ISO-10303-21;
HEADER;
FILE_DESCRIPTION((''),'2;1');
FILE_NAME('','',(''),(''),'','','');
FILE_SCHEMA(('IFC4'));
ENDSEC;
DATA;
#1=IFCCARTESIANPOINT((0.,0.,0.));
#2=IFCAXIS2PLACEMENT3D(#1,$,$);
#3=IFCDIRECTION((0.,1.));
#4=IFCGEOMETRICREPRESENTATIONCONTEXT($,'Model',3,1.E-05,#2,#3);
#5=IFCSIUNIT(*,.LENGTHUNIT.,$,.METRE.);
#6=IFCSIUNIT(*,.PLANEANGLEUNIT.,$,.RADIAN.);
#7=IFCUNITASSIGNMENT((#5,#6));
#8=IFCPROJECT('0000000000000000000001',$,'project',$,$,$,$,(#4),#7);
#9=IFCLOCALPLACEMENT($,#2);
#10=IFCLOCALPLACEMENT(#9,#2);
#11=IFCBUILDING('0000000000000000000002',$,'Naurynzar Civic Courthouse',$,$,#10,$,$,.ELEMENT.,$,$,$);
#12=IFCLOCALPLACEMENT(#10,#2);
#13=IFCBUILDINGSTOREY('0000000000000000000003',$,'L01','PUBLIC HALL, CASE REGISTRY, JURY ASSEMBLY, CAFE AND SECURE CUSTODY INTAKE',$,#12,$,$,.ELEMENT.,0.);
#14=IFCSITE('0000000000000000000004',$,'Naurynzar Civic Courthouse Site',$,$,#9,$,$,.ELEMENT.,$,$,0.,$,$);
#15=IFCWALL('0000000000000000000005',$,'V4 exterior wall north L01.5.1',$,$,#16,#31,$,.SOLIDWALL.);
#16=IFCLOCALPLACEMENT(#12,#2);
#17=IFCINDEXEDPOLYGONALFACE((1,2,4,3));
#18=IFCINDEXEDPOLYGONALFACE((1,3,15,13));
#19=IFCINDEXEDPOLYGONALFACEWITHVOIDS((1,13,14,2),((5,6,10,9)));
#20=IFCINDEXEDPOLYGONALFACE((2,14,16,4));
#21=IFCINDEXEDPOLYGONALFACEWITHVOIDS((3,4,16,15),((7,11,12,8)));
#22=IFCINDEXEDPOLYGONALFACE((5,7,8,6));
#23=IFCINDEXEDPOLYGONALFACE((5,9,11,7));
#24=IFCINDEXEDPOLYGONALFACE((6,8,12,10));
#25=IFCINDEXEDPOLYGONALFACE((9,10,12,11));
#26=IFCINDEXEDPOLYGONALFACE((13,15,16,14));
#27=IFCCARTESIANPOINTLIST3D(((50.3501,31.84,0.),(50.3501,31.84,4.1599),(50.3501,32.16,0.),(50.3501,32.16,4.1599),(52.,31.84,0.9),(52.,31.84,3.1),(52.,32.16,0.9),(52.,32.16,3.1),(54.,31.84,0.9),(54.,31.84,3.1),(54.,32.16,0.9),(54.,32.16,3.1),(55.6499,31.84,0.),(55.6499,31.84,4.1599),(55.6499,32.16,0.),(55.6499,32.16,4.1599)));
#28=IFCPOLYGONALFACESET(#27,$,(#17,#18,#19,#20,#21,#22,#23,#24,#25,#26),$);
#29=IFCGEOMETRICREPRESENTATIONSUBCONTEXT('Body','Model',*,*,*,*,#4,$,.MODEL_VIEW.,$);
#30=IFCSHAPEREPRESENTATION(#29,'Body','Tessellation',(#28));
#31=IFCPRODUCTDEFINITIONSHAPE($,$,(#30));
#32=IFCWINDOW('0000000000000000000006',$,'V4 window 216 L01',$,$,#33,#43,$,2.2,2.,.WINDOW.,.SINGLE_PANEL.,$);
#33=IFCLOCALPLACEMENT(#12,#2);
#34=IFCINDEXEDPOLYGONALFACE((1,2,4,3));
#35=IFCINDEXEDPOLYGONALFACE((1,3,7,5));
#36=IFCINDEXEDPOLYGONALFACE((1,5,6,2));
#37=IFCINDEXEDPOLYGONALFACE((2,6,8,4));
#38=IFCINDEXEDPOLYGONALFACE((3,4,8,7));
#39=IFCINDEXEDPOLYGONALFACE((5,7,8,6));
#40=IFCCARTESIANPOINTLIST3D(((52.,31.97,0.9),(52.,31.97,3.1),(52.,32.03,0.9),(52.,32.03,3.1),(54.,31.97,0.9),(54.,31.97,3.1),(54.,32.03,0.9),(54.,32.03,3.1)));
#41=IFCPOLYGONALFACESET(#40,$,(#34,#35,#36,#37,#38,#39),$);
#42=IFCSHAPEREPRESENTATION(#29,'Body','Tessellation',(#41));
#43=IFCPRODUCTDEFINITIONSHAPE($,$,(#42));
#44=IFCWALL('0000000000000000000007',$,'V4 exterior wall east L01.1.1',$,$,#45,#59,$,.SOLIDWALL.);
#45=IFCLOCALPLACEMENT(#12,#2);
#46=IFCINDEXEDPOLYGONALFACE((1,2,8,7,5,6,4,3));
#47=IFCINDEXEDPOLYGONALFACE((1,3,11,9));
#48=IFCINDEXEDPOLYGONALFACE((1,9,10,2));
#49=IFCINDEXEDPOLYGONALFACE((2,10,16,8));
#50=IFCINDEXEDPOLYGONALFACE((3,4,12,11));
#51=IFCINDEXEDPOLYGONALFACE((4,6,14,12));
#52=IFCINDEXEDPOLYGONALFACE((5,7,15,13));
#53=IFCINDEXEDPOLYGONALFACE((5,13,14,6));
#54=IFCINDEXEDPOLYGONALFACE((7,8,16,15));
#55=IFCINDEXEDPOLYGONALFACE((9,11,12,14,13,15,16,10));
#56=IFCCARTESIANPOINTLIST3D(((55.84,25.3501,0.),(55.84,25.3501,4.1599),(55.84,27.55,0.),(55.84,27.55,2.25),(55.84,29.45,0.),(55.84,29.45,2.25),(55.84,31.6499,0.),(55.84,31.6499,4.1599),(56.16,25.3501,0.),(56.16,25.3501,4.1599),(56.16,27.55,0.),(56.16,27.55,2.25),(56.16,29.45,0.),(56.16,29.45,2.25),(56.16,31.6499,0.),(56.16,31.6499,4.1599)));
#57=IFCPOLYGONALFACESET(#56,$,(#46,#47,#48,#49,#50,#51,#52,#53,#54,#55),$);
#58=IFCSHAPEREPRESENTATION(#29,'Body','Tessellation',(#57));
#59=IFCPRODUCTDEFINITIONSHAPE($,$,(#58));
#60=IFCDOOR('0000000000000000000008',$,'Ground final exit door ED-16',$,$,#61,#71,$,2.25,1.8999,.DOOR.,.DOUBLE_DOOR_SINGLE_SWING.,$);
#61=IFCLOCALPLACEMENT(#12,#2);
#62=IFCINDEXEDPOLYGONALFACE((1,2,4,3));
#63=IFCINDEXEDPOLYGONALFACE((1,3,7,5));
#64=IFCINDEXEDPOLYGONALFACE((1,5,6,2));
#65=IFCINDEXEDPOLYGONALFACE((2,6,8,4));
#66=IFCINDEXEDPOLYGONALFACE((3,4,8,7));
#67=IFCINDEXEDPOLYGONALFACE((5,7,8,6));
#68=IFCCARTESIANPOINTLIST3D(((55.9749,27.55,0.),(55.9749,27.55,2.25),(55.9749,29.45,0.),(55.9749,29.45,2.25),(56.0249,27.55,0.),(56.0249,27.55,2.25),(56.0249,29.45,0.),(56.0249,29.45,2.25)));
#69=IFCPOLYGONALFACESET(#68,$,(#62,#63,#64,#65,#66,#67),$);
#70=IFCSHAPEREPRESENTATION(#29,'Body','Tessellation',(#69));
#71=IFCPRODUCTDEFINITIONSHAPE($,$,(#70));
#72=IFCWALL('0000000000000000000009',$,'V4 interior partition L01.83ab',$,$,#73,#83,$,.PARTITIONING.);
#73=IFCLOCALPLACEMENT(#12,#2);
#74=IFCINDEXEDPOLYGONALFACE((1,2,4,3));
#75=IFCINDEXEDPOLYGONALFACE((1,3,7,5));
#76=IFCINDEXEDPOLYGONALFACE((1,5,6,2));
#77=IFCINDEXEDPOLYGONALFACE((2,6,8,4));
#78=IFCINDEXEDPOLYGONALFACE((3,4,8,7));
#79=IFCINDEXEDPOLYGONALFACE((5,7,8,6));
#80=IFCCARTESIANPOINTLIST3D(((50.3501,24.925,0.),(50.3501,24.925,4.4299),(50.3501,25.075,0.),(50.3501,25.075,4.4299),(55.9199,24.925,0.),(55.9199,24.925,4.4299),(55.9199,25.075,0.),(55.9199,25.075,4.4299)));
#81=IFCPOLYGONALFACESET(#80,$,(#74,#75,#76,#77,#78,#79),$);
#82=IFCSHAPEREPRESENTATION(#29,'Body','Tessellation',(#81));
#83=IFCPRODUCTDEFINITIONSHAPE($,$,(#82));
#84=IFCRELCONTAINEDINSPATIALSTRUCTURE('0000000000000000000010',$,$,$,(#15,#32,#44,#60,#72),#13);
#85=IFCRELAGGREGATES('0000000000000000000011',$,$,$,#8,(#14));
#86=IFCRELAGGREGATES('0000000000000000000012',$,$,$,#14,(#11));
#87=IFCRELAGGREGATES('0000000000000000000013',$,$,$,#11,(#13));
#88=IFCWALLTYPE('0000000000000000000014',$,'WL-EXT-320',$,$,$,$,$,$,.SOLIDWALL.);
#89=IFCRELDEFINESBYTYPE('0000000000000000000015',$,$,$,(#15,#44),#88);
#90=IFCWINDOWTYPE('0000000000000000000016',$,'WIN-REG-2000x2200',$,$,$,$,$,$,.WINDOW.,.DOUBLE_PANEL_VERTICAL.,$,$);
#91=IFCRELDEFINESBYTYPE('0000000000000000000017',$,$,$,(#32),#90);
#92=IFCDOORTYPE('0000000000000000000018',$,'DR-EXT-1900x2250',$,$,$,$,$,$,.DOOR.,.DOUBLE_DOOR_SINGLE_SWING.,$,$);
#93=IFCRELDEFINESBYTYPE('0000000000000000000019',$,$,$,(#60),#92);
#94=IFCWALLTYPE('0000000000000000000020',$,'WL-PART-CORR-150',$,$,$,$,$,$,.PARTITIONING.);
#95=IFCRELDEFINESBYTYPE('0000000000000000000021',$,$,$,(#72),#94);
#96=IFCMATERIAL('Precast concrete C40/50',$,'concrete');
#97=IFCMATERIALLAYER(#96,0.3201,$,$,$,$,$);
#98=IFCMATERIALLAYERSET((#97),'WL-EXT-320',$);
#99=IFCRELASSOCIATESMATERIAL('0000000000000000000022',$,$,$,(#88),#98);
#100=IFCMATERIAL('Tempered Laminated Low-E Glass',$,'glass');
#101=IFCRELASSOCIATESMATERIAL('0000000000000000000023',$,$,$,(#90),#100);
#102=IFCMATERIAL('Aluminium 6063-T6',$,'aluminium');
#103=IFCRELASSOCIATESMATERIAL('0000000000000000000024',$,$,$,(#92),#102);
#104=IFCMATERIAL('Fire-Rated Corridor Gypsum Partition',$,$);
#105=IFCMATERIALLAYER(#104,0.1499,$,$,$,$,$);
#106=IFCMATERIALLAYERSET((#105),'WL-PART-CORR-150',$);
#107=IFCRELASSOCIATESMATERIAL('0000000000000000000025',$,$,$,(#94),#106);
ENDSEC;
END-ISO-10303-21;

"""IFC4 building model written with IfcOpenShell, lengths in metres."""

from ifc_helpers import new_model, si_unit, direction, frame, frame_2d, origin, place, context, subcontext, project, spatial, rectangle, extrude, material, layer, layer_set, type_object, element, fill, save


model = new_model("IFC4")

# Units and contexts
model_context = context("Model", 3, precision=1e-05, world=origin(), true_north=direction((0.0, 1.0)))
body_context = subcontext(model_context, "Body", "Model", "MODEL_VIEW")
ifc_project = project(units=[si_unit("LENGTHUNIT", "METRE"), si_unit("PLANEANGLEUNIT", "RADIAN")], contexts=[model_context])

# Site, building, storey
site_placement = place(None, origin())
site = spatial("IfcSite", under=ifc_project, at=site_placement, Name="Naurynzar Civic Courthouse Site", CompositionType="ELEMENT", RefElevation=0.0)
building_placement = place(site_placement, origin())
building = spatial("IfcBuilding", under=site, at=building_placement, Name="Naurynzar Civic Courthouse", CompositionType="ELEMENT")
storey_placement = place(building_placement, origin())
storey = spatial("IfcBuildingStorey", under=building, at=storey_placement, Name="L01", Description="PUBLIC HALL, CASE REGISTRY, JURY ASSEMBLY, CAFE AND SECURE CUSTODY INTAKE", CompositionType="ELEMENT", Elevation=0.0)

# Wall, opening, window
ifc_material_1 = material(Name="Precast concrete C40/50", Category="concrete")
ifc_layer_1 = layer(ifc_material_1, 0.3201)
ifc_layer_set_1 = layer_set([ifc_layer_1], Name="WL-EXT-320")
wall_type_1 = type_object("IfcWallType", Name="WL-EXT-320", PredefinedType="SOLIDWALL", material=ifc_layer_set_1)
wall_1_placement = place(storey_placement, frame((50.3501, 32.0, 0.0), z_axis=(0.0, 0.0, 1.0), x_axis=(1.0, 0.0, 0.0)))
wall_1 = element("IfcWall", 1, at=wall_1_placement, inside=storey, type_object=wall_type_1, Name="V4 exterior wall north L01.5.1", PredefinedType="SOLIDWALL", context=body_context, shape_type="SweptSolid", body=[
    extrude(rectangle(XDim=5.2998, YDim=0.3201, at=frame_2d((2.6499, 0.0))), origin(), (0.0, 0.0, 1.0), 4.1599),
])
opening_1_placement = place(wall_1_placement, frame((1.6499, 0.0, 0.8999)))
opening_1 = element("IfcOpeningElement", 2, at=opening_1_placement, cuts=wall_1, PredefinedType="OPENING", context=body_context, shape_type="SweptSolid", body=[
    extrude(rectangle(XDim=2.0, YDim=2.2, at=frame_2d((1.0, 1.1001))), frame((0.0, 0.1699, 0.0), z_axis=(0.0, -1.0, 0.0), x_axis=(1.0, 0.0, 0.0)), (0.0, 0.0, 1.0), 0.3401),
])
ifc_material_2 = material(Name="Tempered Laminated Low-E Glass", Category="glass")
window_type = type_object("IfcWindowType", Name="WIN-REG-2000x2200", PartitioningType="DOUBLE_PANEL_VERTICAL", PredefinedType="WINDOW", material=ifc_material_2)
window_placement = place(opening_1_placement, origin())
window = element("IfcWindow", 3, at=window_placement, inside=storey, type_object=window_type, Name="V4 window 216 L01", OverallHeight=2.2, OverallWidth=2.0, PartitioningType="SINGLE_PANEL", PredefinedType="WINDOW", context=body_context, shape_type="SweptSolid", body=[
    extrude(rectangle(XDim=2.0, YDim=2.2, at=frame_2d((1.0, 1.1001))), frame((0.0, 0.03, 0.0), z_axis=(0.0, -1.0, 0.0), x_axis=(1.0, 0.0, 0.0)), (0.0, 0.0, 1.0), 0.0601),
])
fill(opening_1, window)

# Wall, opening, door
wall_2_placement = place(storey_placement, frame((56.0, 31.6499, 0.0), z_axis=(0.0, 0.0, 1.0), x_axis=(0.0, -1.0, 0.0)))
wall_2 = element("IfcWall", 4, at=wall_2_placement, inside=storey, type_object=wall_type_1, Name="V4 exterior wall east L01.1.1", PredefinedType="SOLIDWALL", context=body_context, shape_type="SweptSolid", body=[
    extrude(rectangle(XDim=6.2998, YDim=0.3201, at=frame_2d((3.1499, 0.0))), origin(), (0.0, 0.0, 1.0), 4.1599),
])
opening_2_placement = place(wall_2_placement, frame((2.2, 0.0, 0.0)))
opening_2 = element("IfcOpeningElement", 5, at=opening_2_placement, cuts=wall_2, PredefinedType="OPENING", context=body_context, shape_type="SweptSolid", body=[
    extrude(rectangle(XDim=1.8999, YDim=2.25, at=frame_2d((0.95, 1.125))), frame((0.0, 0.1699, 0.0), z_axis=(0.0, -1.0, 0.0), x_axis=(1.0, 0.0, 0.0)), (0.0, 0.0, 1.0), 0.3401),
])
ifc_material_3 = material(Name="Aluminium 6063-T6", Category="aluminium")
door_type_1 = type_object("IfcDoorType", Name="DR-EXT-1900x2250", OperationType="DOUBLE_DOOR_SINGLE_SWING", PredefinedType="DOOR", material=ifc_material_3)
door_1_placement = place(opening_2_placement, origin())
door_1 = element("IfcDoor", 6, at=door_1_placement, inside=storey, type_object=door_type_1, Name="Ground final exit door ED-16", OperationType="DOUBLE_DOOR_SINGLE_SWING", OverallHeight=2.25, OverallWidth=1.8999, PredefinedType="DOOR", context=body_context, shape_type="SweptSolid", body=[
    extrude(rectangle(XDim=1.8999, YDim=2.25, at=frame_2d((0.95, 1.125))), frame((0.0, 0.0249, 0.0), z_axis=(0.0, -1.0, 0.0), x_axis=(1.0, 0.0, 0.0)), (0.0, 0.0, 1.0), 0.05),
])
fill(opening_2, door_1)

# Wall
ifc_material_4 = material(Name="Fire-Rated Corridor Gypsum Partition")
ifc_layer_2 = layer(ifc_material_4, 0.1499)
ifc_layer_set_2 = layer_set([ifc_layer_2], Name="WL-PART-CORR-150")
wall_type_2 = type_object("IfcWallType", Name="WL-PART-CORR-150", PredefinedType="PARTITIONING", material=ifc_layer_set_2)
wall_3_placement = place(storey_placement, frame((50.3501, 25.0, 0.0), z_axis=(0.0, 0.0, 1.0), x_axis=(1.0, 0.0, 0.0)))
element("IfcWall", 7, at=wall_3_placement, inside=storey, type_object=wall_type_2, Name="V4 interior partition L01.83ab", PredefinedType="PARTITIONING", context=body_context, shape_type="SweptSolid", body=[
    extrude(rectangle(XDim=5.5698, YDim=0.1499, at=frame_2d((2.7849, 0.0))), origin(), (0.0, 0.0, 1.0), 4.4299),
])

save(model, "model.ifc")
